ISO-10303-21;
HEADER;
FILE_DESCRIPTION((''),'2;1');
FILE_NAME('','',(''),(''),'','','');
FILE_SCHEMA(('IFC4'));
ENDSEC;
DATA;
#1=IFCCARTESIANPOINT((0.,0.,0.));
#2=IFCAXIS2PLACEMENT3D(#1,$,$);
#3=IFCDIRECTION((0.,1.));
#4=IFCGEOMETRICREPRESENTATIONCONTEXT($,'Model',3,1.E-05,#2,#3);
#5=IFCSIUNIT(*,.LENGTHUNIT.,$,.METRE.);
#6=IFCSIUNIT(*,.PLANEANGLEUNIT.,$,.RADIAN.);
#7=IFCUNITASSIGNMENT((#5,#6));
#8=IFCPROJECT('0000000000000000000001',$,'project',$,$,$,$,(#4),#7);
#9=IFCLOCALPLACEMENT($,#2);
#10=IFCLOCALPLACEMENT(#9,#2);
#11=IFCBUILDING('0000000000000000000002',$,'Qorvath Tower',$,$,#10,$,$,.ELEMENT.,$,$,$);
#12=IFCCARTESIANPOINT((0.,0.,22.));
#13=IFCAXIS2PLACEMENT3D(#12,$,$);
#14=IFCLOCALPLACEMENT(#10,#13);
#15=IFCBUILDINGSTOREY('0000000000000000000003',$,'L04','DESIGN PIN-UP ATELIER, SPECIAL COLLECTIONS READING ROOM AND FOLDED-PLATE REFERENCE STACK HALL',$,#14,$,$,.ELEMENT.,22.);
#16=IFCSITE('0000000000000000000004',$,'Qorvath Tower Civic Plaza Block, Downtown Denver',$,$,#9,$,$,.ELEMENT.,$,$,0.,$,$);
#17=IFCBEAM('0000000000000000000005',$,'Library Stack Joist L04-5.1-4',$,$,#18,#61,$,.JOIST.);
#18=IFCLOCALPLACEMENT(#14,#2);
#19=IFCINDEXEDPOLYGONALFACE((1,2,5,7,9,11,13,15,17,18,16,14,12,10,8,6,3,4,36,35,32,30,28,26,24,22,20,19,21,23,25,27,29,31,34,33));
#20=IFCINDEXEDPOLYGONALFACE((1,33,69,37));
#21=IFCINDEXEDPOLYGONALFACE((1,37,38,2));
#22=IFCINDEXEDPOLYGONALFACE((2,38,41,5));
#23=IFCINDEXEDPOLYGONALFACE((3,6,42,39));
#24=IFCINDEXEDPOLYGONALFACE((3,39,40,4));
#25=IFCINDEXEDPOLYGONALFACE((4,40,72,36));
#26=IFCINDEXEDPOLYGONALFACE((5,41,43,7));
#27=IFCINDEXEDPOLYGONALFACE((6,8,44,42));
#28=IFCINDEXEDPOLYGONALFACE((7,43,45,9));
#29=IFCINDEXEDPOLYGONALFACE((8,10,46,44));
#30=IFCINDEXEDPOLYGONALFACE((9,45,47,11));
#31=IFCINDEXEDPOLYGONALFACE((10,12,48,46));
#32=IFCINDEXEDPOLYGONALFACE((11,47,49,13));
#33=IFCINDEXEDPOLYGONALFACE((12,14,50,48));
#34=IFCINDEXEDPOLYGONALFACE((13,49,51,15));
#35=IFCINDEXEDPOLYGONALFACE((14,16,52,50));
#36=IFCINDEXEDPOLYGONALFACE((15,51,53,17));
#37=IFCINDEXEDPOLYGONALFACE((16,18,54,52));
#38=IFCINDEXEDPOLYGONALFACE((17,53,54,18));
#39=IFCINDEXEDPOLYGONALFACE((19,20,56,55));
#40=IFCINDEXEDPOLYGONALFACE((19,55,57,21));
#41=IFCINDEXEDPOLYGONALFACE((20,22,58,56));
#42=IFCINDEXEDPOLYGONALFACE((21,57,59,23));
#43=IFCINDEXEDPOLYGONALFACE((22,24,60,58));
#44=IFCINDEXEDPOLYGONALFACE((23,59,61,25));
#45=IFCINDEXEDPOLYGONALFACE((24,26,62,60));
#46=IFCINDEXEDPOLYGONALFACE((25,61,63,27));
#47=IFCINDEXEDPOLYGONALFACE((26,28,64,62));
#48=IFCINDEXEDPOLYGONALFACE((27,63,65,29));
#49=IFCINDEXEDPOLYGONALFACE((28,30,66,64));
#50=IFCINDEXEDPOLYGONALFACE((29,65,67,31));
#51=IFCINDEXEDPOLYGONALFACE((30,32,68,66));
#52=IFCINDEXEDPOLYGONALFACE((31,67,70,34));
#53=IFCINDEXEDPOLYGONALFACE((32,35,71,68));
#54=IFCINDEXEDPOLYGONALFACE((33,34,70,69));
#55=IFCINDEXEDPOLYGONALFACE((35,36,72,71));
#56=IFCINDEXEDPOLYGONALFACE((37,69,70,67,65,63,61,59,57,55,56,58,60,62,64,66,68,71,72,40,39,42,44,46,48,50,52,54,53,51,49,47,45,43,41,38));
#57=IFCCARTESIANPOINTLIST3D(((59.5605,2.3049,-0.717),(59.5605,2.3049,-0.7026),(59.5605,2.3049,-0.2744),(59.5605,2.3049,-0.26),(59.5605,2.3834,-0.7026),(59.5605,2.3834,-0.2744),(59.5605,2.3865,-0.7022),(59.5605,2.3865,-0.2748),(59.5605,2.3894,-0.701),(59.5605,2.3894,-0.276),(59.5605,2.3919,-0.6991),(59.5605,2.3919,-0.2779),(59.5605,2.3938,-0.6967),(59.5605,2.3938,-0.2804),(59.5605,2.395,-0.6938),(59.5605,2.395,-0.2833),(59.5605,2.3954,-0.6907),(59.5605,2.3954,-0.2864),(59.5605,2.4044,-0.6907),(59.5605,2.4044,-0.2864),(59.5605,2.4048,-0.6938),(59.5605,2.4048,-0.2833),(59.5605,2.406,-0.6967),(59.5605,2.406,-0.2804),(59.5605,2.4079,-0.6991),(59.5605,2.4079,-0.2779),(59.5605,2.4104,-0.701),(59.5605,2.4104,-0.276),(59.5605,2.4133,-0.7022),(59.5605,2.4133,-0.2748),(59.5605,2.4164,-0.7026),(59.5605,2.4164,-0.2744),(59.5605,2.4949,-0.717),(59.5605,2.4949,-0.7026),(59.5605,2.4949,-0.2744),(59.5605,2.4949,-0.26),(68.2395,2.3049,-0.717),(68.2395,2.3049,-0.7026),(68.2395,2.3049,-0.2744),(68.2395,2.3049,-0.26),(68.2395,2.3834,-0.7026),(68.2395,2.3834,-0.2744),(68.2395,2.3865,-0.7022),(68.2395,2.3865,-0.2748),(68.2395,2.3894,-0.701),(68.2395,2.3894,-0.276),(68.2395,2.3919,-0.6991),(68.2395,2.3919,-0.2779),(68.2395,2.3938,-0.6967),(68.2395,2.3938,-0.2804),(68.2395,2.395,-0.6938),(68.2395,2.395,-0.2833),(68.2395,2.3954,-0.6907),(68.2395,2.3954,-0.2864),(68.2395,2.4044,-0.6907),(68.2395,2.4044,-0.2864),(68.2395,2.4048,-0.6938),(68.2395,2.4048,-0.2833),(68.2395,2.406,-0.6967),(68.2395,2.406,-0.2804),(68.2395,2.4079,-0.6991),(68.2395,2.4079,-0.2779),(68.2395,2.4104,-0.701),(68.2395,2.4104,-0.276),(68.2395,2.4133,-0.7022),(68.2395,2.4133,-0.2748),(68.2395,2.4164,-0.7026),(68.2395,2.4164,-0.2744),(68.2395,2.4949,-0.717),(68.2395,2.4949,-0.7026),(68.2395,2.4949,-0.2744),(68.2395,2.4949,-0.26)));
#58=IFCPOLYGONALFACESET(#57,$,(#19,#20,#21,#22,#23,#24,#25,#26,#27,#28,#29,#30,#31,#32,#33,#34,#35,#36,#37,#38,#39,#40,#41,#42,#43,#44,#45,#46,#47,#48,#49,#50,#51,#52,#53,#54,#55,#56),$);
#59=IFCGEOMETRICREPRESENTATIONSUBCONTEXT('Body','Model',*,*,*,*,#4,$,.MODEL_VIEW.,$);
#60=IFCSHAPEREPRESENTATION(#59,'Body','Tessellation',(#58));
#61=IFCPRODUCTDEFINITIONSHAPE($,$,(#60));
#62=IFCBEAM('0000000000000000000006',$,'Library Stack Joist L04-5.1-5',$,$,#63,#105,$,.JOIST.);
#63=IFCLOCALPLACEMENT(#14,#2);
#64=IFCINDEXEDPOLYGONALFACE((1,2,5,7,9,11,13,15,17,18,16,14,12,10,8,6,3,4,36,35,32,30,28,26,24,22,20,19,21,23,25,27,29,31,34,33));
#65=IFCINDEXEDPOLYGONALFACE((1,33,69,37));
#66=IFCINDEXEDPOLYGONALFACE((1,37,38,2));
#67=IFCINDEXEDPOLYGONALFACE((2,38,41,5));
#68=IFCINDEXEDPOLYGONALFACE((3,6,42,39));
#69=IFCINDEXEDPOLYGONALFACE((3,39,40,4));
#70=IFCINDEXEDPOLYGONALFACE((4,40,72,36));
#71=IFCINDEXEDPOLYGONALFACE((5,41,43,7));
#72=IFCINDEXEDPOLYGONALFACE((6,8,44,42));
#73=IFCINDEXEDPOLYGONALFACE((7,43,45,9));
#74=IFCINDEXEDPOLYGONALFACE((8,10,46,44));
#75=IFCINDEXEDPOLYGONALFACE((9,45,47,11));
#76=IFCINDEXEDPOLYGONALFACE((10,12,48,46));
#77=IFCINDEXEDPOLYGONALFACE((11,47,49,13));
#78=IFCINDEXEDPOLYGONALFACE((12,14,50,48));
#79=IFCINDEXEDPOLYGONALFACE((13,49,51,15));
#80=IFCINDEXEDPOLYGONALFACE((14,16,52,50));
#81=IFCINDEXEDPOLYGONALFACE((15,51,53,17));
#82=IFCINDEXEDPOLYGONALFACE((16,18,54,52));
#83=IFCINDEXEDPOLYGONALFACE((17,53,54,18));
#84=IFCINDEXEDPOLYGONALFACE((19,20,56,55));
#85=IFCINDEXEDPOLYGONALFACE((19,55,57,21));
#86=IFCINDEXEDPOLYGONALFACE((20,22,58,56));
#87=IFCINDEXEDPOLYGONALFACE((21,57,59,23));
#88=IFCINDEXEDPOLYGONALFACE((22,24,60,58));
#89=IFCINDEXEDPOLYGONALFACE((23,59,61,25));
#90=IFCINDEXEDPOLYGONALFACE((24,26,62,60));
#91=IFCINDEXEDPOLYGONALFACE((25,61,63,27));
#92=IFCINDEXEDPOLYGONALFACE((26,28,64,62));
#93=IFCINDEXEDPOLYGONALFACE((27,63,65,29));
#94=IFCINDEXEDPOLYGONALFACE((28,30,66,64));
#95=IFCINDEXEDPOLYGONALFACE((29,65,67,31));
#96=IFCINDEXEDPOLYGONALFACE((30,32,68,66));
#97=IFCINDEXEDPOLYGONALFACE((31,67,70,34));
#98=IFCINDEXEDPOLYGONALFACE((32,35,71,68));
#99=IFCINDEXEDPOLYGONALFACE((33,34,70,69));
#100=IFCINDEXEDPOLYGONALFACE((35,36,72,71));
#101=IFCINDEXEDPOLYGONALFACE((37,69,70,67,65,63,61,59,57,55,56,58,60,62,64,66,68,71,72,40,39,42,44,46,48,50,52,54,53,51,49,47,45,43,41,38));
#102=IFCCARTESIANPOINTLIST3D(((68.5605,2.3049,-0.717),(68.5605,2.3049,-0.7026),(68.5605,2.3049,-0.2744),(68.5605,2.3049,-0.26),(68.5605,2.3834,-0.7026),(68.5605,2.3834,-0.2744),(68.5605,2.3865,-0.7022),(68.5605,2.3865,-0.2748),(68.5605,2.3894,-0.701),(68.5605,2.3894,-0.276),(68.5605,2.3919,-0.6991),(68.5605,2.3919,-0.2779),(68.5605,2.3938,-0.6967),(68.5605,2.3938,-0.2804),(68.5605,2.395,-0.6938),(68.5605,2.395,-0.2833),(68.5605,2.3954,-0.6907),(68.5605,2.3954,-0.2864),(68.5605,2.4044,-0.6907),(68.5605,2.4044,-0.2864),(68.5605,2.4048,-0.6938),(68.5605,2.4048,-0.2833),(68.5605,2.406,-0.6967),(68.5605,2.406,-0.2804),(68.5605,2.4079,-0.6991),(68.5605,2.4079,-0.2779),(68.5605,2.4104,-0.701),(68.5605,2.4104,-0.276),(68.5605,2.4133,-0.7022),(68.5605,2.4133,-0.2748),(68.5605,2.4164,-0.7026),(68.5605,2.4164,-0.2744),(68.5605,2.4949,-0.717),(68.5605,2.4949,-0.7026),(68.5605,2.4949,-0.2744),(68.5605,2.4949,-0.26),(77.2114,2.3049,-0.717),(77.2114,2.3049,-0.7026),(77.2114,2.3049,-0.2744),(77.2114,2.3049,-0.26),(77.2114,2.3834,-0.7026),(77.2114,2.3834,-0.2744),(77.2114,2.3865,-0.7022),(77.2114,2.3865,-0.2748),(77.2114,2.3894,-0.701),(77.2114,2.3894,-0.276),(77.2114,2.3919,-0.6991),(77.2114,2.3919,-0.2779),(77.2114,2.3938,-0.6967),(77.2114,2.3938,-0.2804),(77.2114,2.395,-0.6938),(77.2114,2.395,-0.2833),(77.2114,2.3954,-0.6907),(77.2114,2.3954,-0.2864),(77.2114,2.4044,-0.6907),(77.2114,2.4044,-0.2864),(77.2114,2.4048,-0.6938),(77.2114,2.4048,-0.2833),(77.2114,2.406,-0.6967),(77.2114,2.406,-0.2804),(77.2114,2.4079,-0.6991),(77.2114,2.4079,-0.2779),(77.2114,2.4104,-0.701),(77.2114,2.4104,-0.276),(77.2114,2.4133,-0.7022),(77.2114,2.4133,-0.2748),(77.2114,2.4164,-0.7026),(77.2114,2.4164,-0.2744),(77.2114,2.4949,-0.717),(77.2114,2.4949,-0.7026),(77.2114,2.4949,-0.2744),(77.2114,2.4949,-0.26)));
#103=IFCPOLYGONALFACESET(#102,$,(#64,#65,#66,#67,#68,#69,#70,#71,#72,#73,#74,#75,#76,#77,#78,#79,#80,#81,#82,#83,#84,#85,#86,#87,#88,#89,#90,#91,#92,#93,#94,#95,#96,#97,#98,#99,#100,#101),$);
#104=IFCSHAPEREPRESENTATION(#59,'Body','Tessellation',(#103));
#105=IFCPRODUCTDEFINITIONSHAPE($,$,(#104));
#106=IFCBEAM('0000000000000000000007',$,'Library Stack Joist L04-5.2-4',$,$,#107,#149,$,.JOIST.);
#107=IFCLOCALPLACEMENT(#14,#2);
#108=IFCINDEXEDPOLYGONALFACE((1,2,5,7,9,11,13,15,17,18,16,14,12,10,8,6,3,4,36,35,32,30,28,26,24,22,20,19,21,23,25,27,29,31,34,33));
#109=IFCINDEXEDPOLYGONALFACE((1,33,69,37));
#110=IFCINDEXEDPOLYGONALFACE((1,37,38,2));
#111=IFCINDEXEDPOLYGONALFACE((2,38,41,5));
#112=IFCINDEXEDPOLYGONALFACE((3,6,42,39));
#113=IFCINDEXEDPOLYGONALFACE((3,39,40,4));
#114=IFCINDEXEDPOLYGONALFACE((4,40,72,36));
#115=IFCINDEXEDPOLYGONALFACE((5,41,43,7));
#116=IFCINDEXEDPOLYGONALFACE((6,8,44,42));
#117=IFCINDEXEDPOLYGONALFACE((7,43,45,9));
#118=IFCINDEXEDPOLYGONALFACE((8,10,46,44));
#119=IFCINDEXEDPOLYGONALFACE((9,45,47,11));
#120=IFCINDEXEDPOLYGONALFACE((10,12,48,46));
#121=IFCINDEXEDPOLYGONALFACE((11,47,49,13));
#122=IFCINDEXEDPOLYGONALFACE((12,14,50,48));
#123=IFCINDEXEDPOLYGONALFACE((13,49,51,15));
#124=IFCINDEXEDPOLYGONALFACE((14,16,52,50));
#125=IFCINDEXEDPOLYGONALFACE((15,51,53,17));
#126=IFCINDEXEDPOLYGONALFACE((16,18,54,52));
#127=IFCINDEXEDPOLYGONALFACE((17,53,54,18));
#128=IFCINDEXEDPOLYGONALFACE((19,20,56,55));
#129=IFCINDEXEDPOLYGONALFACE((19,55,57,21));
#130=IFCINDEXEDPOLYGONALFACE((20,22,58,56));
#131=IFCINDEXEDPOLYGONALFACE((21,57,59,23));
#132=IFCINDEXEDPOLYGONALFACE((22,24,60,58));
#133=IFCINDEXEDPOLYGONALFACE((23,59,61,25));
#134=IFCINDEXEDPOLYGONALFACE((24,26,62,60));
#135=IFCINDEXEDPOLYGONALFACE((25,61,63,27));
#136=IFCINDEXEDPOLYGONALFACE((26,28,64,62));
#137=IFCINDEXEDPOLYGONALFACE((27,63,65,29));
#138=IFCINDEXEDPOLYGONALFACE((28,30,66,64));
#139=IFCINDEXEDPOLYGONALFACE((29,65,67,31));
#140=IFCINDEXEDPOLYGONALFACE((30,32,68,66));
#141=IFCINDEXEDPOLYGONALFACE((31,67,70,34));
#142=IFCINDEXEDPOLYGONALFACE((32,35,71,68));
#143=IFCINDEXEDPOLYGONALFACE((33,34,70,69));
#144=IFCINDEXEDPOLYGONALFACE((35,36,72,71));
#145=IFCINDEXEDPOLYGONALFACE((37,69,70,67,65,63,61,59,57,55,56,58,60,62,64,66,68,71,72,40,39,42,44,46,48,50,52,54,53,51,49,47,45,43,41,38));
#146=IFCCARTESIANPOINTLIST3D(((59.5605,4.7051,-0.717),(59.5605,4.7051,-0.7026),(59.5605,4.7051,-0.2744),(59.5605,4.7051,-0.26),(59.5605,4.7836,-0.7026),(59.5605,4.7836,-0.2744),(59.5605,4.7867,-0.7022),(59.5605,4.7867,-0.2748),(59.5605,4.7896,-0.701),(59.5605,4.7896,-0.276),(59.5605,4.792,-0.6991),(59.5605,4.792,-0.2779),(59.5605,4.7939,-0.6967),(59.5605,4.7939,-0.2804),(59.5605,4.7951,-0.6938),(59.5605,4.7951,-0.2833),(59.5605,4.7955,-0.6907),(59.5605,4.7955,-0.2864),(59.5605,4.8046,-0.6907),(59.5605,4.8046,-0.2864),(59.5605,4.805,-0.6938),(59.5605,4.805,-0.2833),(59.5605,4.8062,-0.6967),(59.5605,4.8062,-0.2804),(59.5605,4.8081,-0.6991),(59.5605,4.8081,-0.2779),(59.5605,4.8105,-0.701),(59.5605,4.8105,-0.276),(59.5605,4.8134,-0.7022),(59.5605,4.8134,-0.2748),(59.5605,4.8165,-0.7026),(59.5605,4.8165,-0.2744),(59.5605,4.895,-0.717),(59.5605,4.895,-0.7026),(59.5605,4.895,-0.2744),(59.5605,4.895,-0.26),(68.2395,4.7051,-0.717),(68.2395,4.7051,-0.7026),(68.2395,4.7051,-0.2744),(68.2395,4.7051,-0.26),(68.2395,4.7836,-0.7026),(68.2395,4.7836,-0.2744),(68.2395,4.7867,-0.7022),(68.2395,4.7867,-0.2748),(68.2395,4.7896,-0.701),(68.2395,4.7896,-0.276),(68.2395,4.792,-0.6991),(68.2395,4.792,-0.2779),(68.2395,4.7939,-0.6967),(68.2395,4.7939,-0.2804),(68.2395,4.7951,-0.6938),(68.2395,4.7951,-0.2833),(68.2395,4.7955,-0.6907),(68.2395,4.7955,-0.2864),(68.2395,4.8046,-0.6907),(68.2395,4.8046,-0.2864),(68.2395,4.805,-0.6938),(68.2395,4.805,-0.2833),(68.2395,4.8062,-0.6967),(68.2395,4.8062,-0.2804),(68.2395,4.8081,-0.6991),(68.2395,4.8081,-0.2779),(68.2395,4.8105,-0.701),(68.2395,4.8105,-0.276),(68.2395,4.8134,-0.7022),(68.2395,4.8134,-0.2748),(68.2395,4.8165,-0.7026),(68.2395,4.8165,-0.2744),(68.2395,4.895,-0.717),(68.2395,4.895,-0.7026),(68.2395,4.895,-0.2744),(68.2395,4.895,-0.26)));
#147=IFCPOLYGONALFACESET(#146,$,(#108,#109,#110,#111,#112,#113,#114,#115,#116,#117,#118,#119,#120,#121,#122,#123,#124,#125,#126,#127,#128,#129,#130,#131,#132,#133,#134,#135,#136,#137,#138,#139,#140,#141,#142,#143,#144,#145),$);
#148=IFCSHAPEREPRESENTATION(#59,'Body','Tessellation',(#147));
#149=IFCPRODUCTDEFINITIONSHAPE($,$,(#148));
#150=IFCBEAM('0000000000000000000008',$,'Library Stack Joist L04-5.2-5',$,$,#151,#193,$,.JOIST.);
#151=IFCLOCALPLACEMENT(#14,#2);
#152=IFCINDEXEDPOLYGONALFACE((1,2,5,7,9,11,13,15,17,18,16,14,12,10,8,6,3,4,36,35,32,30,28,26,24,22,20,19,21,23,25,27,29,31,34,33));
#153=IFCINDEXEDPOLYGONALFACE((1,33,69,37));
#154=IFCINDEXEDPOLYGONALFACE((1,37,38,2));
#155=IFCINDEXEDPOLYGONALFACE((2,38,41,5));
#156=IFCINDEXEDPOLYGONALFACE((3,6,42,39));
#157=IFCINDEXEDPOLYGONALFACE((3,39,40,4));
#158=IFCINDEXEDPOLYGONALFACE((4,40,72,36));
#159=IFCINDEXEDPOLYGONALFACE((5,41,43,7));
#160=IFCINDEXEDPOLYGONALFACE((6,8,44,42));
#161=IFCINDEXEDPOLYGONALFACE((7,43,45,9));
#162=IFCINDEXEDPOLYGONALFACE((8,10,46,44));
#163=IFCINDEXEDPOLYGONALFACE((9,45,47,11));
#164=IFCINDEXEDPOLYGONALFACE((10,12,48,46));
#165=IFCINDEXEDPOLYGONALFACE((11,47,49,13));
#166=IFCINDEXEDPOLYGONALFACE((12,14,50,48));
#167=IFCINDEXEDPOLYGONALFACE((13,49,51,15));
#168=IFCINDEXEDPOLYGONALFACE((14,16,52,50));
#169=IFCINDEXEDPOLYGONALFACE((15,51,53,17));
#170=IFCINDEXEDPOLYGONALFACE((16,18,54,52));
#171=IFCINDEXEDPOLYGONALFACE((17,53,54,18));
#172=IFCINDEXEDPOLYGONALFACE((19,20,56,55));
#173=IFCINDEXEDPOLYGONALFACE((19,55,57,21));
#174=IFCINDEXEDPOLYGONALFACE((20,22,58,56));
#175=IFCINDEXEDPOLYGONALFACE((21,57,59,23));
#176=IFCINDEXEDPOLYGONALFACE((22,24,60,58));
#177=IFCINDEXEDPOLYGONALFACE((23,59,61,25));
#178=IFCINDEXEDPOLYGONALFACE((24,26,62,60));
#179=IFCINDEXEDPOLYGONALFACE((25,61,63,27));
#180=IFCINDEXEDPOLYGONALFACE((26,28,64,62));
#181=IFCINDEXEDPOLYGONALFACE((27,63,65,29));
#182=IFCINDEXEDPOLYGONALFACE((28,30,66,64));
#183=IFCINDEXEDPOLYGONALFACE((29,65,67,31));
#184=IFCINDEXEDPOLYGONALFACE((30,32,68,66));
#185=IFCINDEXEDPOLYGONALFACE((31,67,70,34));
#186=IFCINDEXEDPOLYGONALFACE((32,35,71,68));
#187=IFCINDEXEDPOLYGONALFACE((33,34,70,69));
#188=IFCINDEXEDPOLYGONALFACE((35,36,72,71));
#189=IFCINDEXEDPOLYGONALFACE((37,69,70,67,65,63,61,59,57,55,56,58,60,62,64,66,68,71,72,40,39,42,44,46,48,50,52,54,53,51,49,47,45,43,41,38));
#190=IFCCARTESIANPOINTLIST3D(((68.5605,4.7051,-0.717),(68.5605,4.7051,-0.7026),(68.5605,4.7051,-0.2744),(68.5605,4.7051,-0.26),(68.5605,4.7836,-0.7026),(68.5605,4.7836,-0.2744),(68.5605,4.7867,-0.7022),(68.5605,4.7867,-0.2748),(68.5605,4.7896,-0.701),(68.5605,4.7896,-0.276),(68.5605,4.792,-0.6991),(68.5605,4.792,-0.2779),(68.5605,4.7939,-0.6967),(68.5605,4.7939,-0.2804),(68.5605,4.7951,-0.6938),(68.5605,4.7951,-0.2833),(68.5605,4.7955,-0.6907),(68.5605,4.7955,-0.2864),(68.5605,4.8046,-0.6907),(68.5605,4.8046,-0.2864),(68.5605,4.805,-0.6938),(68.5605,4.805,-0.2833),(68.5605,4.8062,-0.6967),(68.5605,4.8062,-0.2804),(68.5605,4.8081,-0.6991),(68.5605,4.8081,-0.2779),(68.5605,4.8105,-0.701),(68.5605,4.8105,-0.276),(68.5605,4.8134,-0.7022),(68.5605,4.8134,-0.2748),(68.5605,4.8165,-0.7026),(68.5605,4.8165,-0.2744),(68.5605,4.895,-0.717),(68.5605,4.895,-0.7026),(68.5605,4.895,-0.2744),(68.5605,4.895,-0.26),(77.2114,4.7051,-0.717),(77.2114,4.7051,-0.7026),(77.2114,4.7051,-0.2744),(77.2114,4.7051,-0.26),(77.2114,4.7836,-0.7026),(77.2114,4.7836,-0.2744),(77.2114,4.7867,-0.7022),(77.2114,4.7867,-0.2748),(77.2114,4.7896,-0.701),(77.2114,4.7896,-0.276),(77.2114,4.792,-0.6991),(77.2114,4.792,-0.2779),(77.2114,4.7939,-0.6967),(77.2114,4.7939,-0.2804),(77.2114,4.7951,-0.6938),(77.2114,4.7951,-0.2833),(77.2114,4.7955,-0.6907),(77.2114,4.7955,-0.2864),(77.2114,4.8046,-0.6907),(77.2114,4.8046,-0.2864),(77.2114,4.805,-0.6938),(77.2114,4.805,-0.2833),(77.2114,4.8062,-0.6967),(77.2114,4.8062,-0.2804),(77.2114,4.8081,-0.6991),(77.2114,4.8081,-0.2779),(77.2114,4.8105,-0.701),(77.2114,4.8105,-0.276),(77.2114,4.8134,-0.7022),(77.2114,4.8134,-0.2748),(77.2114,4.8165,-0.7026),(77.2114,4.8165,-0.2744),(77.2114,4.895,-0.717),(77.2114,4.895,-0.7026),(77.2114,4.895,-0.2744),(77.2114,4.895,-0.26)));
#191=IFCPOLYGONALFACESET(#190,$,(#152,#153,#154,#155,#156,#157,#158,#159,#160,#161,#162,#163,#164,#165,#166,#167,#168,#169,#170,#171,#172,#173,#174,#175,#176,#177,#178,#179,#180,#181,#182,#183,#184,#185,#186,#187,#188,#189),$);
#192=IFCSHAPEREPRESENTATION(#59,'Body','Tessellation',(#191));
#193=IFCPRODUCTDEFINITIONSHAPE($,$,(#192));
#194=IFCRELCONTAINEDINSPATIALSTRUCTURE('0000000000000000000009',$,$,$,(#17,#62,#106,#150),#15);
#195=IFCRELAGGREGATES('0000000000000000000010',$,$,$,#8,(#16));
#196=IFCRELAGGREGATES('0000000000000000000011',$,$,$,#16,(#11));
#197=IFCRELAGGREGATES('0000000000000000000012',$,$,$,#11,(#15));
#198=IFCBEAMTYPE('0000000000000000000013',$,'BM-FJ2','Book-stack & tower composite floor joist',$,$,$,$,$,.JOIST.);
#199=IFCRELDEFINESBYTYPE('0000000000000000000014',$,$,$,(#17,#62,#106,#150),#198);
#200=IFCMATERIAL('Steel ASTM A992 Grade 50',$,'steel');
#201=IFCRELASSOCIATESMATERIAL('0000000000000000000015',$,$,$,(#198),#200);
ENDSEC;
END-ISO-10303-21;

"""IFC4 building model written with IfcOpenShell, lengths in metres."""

from ifc_helpers import new_model, si_unit, direction, frame, origin, origin_2d, place, context, subcontext, project, spatial, i_section, extrude, material, material_profile, profile_set, type_object, element, save


model = new_model("IFC4")

# Units and contexts
model_context = context("Model", 3, precision=1e-05, world=origin(), true_north=direction((0.0, 1.0)))
body_context = subcontext(model_context, "Body", "Model", "MODEL_VIEW")
ifc_project = project(units=[si_unit("LENGTHUNIT", "METRE"), si_unit("PLANEANGLEUNIT", "RADIAN")], contexts=[model_context])

# Site, building, storey
site_placement = place(None, origin())
site = spatial("IfcSite", under=ifc_project, at=site_placement, Name="Qorvath Tower Civic Plaza Block, Downtown Denver", CompositionType="ELEMENT", RefElevation=0.0)
building_placement = place(site_placement, origin())
building = spatial("IfcBuilding", under=site, at=building_placement, Name="Qorvath Tower", CompositionType="ELEMENT")
storey_placement = place(building_placement, frame((0.0, 0.0, 22.0)))
storey = spatial("IfcBuildingStorey", under=building, at=storey_placement, Name="L04", Description="DESIGN PIN-UP ATELIER, SPECIAL COLLECTIONS READING ROOM AND FOLDED-PLATE REFERENCE STACK HALL", CompositionType="ELEMENT", Elevation=22.0)

# Beams
ifc_material_1 = material(Name="Steel ASTM A992 Grade 50", Category="steel")
ifc_material_profile_1 = material_profile(ifc_material_1, i_section(OverallWidth=0.1899, OverallDepth=0.457, WebThickness=0.009, FlangeThickness=0.0144, FilletRadius=0.012, at=origin_2d()), Name="W18x50")
ifc_profile_set_1 = profile_set([ifc_material_profile_1], Name="Steel ASTM A992 Grade 50")
beam_type_1 = type_object("IfcBeamType", Name="BM-FJ2", Description="Book-stack & tower composite floor joist", PredefinedType="JOIST", material=ifc_profile_set_1)
beam_1_placement = place(storey_placement, frame((59.5605, 2.3999, -0.4885), z_axis=(1.0, 0.0, 0.0), x_axis=(0.0, 1.0, 0.0)))
element("IfcBeam", 1, at=beam_1_placement, inside=storey, type_object=beam_type_1, Name="Library Stack Joist L04-5.1-4", PredefinedType="JOIST", context=body_context, shape_type="SweptSolid", body=[
    extrude(i_section(OverallWidth=0.1899, OverallDepth=0.457, WebThickness=0.009, FlangeThickness=0.0144, FilletRadius=0.012, at=origin_2d()), origin(), (0.0, 0.0, 1.0), 8.679),
])
beam_2_placement = place(storey_placement, frame((68.5605, 2.3999, -0.4885), z_axis=(1.0, 0.0, 0.0), x_axis=(0.0, 1.0, 0.0)))
element("IfcBeam", 2, at=beam_2_placement, inside=storey, type_object=beam_type_1, Name="Library Stack Joist L04-5.1-5", PredefinedType="JOIST", context=body_context, shape_type="SweptSolid", body=[
    extrude(i_section(OverallWidth=0.1899, OverallDepth=0.457, WebThickness=0.009, FlangeThickness=0.0144, FilletRadius=0.012, at=origin_2d()), origin(), (0.0, 0.0, 1.0), 8.6509),
])
beam_3_placement = place(storey_placement, frame((59.5605, 4.8, -0.4885), z_axis=(1.0, 0.0, 0.0), x_axis=(0.0, 1.0, 0.0)))
element("IfcBeam", 3, at=beam_3_placement, inside=storey, type_object=beam_type_1, Name="Library Stack Joist L04-5.2-4", PredefinedType="JOIST", context=body_context, shape_type="SweptSolid", body=[
    extrude(i_section(OverallWidth=0.1899, OverallDepth=0.457, WebThickness=0.009, FlangeThickness=0.0144, FilletRadius=0.012, at=origin_2d()), origin(), (0.0, 0.0, 1.0), 8.679),
])
beam_4_placement = place(storey_placement, frame((68.5605, 4.8, -0.4885), z_axis=(1.0, 0.0, 0.0), x_axis=(0.0, 1.0, 0.0)))
element("IfcBeam", 4, at=beam_4_placement, inside=storey, type_object=beam_type_1, Name="Library Stack Joist L04-5.2-5", PredefinedType="JOIST", context=body_context, shape_type="SweptSolid", body=[
    extrude(i_section(OverallWidth=0.1899, OverallDepth=0.457, WebThickness=0.009, FlangeThickness=0.0144, FilletRadius=0.012, at=origin_2d()), origin(), (0.0, 0.0, 1.0), 8.6509),
])

save(model, "model.ifc")
